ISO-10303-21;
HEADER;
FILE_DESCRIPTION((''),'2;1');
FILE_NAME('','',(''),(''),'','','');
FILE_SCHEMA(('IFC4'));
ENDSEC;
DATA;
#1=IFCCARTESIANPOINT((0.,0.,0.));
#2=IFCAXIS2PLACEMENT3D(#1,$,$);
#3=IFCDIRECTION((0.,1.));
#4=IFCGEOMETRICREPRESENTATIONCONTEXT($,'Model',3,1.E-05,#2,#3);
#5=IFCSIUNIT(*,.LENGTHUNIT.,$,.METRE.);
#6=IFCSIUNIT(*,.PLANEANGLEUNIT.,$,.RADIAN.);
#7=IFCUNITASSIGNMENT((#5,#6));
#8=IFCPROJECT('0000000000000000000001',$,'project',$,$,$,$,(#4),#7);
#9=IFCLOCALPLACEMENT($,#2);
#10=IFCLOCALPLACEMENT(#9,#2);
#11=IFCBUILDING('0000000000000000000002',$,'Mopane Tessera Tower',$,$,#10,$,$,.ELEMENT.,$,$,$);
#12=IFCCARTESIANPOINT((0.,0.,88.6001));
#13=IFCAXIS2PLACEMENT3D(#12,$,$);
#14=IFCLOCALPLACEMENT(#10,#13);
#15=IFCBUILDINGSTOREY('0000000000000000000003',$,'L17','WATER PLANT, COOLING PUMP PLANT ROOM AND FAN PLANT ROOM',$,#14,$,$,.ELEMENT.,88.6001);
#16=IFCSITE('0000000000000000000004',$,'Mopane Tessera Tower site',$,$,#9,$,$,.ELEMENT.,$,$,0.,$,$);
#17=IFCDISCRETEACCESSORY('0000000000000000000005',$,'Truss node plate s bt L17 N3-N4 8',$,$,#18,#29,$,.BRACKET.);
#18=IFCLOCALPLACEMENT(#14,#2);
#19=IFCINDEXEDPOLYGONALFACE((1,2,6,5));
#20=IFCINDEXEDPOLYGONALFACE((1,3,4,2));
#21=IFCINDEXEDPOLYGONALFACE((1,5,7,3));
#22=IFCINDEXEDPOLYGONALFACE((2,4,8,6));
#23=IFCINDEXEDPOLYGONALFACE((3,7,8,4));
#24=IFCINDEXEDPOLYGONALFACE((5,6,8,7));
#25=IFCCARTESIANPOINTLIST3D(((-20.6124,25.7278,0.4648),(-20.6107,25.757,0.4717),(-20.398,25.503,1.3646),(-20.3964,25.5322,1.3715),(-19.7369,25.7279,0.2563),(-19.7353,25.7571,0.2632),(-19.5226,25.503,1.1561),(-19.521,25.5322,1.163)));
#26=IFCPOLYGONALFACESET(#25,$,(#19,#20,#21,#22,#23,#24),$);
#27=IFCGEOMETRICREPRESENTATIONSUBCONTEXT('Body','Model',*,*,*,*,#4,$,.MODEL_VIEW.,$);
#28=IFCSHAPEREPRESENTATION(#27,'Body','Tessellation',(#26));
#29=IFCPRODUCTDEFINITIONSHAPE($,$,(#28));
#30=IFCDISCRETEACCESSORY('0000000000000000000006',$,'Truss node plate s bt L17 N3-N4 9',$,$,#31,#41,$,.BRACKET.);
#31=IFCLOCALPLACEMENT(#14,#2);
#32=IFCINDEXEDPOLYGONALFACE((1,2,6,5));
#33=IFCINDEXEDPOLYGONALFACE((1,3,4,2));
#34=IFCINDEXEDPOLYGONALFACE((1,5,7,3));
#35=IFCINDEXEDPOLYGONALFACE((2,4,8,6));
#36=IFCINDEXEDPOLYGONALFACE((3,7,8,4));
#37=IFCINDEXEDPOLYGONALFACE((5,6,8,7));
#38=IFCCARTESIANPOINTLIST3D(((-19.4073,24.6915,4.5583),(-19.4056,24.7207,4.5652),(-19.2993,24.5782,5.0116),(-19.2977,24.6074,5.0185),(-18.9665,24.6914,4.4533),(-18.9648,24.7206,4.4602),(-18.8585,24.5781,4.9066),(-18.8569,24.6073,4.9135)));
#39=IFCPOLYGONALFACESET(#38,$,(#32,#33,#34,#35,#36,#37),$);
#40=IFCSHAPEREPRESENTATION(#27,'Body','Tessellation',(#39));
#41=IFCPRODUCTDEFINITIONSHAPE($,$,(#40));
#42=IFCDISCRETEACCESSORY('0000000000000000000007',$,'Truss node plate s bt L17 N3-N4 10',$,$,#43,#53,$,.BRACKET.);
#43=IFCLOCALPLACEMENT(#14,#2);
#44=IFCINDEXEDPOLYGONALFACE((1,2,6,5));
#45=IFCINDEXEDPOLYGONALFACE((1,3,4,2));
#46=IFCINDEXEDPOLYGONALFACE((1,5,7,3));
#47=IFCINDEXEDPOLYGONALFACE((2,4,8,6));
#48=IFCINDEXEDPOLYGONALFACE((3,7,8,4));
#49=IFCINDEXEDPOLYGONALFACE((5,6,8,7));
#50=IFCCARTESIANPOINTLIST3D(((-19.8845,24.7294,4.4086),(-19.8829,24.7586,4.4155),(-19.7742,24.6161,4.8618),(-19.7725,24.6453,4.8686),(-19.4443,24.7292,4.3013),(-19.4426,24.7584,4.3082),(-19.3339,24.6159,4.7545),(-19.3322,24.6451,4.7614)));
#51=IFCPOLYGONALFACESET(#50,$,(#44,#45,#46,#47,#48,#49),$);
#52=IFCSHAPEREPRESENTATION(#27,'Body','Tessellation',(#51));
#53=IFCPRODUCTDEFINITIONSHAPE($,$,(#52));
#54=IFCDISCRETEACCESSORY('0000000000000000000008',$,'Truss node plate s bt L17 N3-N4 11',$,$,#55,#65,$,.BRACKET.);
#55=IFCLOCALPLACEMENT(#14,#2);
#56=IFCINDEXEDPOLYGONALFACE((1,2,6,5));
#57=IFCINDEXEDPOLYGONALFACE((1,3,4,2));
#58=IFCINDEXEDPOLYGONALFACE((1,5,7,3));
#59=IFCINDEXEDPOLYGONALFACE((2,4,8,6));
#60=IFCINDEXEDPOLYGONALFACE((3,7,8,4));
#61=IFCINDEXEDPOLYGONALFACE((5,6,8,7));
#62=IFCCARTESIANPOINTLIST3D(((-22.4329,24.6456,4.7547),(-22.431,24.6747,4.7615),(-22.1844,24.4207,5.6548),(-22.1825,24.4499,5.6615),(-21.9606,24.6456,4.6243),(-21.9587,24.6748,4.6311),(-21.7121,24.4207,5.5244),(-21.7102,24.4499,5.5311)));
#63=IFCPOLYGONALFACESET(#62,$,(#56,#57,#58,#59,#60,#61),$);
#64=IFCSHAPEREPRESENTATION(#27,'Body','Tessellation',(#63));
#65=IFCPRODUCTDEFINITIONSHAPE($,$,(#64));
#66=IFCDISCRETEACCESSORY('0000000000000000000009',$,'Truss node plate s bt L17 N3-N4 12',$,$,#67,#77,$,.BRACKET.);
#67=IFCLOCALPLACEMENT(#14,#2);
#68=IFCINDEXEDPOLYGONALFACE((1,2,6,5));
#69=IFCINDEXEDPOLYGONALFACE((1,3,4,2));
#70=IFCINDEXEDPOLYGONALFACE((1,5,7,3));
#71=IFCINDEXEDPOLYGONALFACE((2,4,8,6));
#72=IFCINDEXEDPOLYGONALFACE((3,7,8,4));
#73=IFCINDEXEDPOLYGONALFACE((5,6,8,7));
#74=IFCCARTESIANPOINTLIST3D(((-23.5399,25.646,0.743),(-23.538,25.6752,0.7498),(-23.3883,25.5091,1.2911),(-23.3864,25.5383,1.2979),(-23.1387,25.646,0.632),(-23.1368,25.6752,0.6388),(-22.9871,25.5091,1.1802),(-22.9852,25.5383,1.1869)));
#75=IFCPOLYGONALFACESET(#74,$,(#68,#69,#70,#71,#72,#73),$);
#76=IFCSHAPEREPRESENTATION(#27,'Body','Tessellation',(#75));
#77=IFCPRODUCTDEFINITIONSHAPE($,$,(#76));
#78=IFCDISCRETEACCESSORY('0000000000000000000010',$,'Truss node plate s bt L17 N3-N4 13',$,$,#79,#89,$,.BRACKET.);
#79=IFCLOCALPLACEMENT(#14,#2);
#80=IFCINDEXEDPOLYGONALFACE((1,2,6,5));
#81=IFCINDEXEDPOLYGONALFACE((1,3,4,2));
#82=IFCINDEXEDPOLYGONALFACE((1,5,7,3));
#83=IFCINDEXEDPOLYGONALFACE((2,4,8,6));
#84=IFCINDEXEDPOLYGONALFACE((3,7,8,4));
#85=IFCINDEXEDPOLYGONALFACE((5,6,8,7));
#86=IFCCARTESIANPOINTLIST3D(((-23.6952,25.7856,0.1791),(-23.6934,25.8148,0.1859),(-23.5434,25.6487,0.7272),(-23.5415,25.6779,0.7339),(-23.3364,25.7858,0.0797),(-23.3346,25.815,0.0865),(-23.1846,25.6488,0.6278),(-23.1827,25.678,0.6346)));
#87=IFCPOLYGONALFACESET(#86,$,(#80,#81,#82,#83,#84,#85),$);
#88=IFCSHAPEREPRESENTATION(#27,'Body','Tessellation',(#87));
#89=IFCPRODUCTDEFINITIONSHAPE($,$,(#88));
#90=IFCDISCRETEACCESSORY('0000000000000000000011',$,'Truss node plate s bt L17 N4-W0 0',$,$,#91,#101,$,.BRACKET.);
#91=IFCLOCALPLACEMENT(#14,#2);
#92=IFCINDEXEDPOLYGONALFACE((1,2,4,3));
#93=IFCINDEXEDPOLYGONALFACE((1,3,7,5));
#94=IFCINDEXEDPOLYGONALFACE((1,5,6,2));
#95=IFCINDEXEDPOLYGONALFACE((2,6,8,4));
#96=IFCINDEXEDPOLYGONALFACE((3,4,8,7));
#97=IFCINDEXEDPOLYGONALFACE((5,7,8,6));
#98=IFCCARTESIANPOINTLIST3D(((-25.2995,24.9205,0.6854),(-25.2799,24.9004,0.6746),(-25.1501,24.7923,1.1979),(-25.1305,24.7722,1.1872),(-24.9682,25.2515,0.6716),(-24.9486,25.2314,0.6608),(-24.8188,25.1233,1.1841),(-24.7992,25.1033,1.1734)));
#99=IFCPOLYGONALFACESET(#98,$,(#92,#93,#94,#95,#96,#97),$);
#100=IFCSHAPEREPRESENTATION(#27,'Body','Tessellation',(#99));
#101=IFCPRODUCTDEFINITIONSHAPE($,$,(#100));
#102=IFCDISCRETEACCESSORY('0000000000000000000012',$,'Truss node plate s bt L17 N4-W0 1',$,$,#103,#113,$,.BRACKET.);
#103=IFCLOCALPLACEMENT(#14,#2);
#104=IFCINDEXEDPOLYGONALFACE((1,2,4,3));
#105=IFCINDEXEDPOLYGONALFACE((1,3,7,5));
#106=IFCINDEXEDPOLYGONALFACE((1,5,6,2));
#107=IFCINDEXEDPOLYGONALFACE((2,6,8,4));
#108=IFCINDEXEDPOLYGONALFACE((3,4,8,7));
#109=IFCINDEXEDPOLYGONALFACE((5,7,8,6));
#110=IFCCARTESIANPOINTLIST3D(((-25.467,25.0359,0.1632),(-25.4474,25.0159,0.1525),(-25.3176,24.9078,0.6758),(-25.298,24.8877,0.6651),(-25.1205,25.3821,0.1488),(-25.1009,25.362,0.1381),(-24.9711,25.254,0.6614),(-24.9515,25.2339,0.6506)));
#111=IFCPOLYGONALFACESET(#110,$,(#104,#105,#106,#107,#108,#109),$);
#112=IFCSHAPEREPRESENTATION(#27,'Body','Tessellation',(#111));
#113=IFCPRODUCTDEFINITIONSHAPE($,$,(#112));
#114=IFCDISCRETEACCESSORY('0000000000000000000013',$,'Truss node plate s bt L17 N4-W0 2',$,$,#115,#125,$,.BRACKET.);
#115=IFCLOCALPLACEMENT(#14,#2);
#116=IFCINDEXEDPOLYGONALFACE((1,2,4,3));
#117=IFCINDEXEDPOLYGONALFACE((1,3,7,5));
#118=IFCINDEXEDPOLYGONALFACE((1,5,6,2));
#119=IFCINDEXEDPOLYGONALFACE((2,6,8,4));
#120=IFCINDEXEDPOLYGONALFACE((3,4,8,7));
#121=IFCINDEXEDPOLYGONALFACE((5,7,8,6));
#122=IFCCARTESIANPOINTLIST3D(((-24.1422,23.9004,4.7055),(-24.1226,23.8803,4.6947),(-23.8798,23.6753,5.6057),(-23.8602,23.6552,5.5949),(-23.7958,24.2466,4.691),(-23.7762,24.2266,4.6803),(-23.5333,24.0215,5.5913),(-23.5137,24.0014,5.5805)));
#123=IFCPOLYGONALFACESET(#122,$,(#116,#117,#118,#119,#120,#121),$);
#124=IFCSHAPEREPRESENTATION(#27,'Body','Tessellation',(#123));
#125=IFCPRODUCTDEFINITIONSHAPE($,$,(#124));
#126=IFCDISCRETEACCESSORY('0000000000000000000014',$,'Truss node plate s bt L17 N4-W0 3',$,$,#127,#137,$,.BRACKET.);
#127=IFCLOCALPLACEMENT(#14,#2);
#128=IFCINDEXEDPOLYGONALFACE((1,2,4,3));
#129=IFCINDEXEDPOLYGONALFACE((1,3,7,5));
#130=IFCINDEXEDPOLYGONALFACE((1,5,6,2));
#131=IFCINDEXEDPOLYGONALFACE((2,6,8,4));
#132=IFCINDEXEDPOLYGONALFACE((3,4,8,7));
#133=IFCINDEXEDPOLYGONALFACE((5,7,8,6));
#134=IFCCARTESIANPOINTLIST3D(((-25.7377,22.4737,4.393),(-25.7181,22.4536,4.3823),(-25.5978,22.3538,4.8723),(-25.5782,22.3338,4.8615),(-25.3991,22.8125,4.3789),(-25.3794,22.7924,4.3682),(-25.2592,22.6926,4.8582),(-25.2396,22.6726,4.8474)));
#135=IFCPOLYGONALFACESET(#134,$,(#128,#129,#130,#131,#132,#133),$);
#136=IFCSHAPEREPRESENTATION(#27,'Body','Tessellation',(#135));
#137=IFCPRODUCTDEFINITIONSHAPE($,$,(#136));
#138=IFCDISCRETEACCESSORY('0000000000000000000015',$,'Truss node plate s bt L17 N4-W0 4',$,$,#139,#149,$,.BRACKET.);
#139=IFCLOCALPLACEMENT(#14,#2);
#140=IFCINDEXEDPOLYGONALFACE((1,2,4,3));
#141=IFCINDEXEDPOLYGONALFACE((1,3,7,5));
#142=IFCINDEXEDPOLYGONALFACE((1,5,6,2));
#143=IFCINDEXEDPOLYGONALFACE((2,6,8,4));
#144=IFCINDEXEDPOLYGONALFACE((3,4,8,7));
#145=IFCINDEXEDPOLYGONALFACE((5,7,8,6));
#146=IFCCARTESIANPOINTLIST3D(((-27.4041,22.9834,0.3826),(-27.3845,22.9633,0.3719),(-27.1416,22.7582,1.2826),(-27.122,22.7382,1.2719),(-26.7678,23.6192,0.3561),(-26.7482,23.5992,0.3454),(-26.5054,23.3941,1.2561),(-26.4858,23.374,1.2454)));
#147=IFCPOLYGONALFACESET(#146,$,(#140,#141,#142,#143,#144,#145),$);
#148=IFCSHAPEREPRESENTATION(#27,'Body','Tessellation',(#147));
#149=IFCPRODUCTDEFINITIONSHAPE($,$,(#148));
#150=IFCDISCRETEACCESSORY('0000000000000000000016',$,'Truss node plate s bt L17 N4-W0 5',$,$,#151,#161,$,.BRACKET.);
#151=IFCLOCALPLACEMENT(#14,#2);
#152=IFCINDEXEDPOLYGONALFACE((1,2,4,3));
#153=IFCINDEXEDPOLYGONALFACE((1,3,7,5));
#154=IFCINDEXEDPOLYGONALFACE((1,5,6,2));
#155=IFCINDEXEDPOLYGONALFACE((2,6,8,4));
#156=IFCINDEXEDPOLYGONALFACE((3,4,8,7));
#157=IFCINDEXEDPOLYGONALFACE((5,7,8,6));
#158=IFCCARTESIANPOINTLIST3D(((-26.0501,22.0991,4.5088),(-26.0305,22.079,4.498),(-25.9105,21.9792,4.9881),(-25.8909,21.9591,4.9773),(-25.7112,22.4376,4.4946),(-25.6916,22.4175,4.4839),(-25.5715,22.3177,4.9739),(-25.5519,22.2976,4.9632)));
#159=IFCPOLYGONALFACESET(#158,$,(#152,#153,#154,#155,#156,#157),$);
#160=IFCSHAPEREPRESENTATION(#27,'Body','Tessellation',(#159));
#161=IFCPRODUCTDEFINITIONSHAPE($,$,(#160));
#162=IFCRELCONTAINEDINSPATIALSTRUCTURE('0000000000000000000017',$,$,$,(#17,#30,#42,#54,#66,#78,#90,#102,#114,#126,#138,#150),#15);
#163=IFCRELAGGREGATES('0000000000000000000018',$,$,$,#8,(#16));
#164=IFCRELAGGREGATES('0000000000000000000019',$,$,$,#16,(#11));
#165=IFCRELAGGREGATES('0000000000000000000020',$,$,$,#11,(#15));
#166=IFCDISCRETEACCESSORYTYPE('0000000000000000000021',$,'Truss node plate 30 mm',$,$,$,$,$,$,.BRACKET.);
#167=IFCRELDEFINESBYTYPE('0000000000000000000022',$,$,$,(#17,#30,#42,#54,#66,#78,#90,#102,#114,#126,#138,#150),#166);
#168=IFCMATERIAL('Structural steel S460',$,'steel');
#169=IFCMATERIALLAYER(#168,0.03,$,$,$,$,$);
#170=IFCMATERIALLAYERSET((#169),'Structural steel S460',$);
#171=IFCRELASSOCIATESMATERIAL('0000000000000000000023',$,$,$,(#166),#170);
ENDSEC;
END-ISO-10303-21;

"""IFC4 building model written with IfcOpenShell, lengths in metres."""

from ifc_helpers import new_model, si_unit, direction, frame, origin, origin_2d, place, context, subcontext, project, spatial, rectangle, extrude, material, layer, layer_set, type_object, element, save


model = new_model("IFC4")

# Units and contexts
model_context = context("Model", 3, precision=1e-05, world=origin(), true_north=direction((0.0, 1.0)))
body_context = subcontext(model_context, "Body", "Model", "MODEL_VIEW")
ifc_project = project(units=[si_unit("LENGTHUNIT", "METRE"), si_unit("PLANEANGLEUNIT", "RADIAN")], contexts=[model_context])

# Site, building, storey
site_placement = place(None, origin())
site = spatial("IfcSite", under=ifc_project, at=site_placement, Name="Mopane Tessera Tower site", CompositionType="ELEMENT", RefElevation=0.0)
building_placement = place(site_placement, origin())
building = spatial("IfcBuilding", under=site, at=building_placement, Name="Mopane Tessera Tower", CompositionType="ELEMENT")
storey_placement = place(building_placement, frame((0.0, 0.0, 88.6001)))
storey = spatial("IfcBuildingStorey", under=building, at=storey_placement, Name="L17", Description="WATER PLANT, COOLING PUMP PLANT ROOM AND FAN PLANT ROOM", CompositionType="ELEMENT", Elevation=88.6001)

# Discrete accessories
ifc_material_1 = material(Name="Structural steel S460", Category="steel")
ifc_layer_1 = layer(ifc_material_1, 0.03)
ifc_layer_set_1 = layer_set([ifc_layer_1], Name="Structural steel S460")
discrete_accessory_type_1 = type_object("IfcDiscreteAccessoryType", Name="Truss node plate 30 mm", PredefinedType="BRACKET", material=ifc_layer_set_1)
discrete_accessory_1_placement = place(storey_placement, frame((-20.1738, 25.7424, 0.364), z_axis=(0.22516, -0.236187, 0.945261), x_axis=(-0.054653, -0.971708, -0.229777)))
element("IfcDiscreteAccessory", 1, at=discrete_accessory_1_placement, inside=storey, type_object=discrete_accessory_type_1, Name="Truss node plate s bt L17 N3-N4 8", PredefinedType="BRACKET", context=body_context, shape_type="SweptSolid", body=[
    extrude(rectangle(XDim=0.03, YDim=0.8999, at=origin_2d()), origin(), (0.0, 0.0, 1.0), 0.9519),
])
discrete_accessory_2_placement = place(storey_placement, frame((-19.186, 24.7061, 4.5093), z_axis=(0.225106, -0.236311, 0.945243), x_axis=(-0.055031, -0.971677, -0.229814)))
element("IfcDiscreteAccessory", 2, at=discrete_accessory_2_placement, inside=storey, type_object=discrete_accessory_type_1, Name="Truss node plate s bt L17 N3-N4 9", PredefinedType="BRACKET", context=body_context, shape_type="SweptSolid", body=[
    extrude(rectangle(XDim=0.03, YDim=0.4531, at=origin_2d()), origin(), (0.0, 0.0, 1.0), 0.4795),
])
discrete_accessory_3_placement = place(storey_placement, frame((-19.6636, 24.7439, 4.3584), z_axis=(0.229933, -0.236037, 0.944149), x_axis=(-0.056309, -0.971744, -0.229223)))
element("IfcDiscreteAccessory", 3, at=discrete_accessory_3_placement, inside=storey, type_object=discrete_accessory_type_1, Name="Truss node plate s bt L17 N3-N4 10", PredefinedType="BRACKET", context=body_context, shape_type="SweptSolid", body=[
    extrude(rectangle(XDim=0.03, YDim=0.4531, at=origin_2d()), origin(), (0.0, 0.0, 1.0), 0.48),
])
discrete_accessory_4_placement = place(storey_placement, frame((-22.1958, 24.6602, 4.6929), z_axis=(0.258751, -0.234096, 0.937148), x_axis=(-0.062276, -0.972213, -0.225661)))
element("IfcDiscreteAccessory", 4, at=discrete_accessory_4_placement, inside=storey, type_object=discrete_accessory_type_1, Name="Truss node plate s bt L17 N3-N4 11", PredefinedType="BRACKET", context=body_context, shape_type="SweptSolid", body=[
    extrude(rectangle(XDim=0.03, YDim=0.49, at=origin_2d()), origin(), (0.0, 0.0, 1.0), 0.9604),
])
discrete_accessory_5_placement = place(storey_placement, frame((-23.3384, 25.6606, 0.6909), z_axis=(0.259192, -0.234149, 0.937013), x_axis=(-0.062426, -0.972201, -0.225674)))
element("IfcDiscreteAccessory", 5, at=discrete_accessory_5_placement, inside=storey, type_object=discrete_accessory_type_1, Name="Truss node plate s bt L17 N3-N4 12", PredefinedType="BRACKET", context=body_context, shape_type="SweptSolid", body=[
    extrude(rectangle(XDim=0.03, YDim=0.4163, at=origin_2d()), origin(), (0.0, 0.0, 1.0), 0.585),
])
discrete_accessory_6_placement = place(storey_placement, frame((-23.5149, 25.8003, 0.1328), z_axis=(0.259581, -0.234124, 0.936912), x_axis=(-0.062173, -0.972207, -0.225718)))
element("IfcDiscreteAccessory", 6, at=discrete_accessory_6_placement, inside=storey, type_object=discrete_accessory_type_1, Name="Truss node plate s bt L17 N3-N4 13", PredefinedType="BRACKET", context=body_context, shape_type="SweptSolid", body=[
    extrude(rectangle(XDim=0.03, YDim=0.3723, at=origin_2d()), origin(), (0.0, 0.0, 1.0), 0.585),
])
discrete_accessory_7_placement = place(storey_placement, frame((-25.124, 25.0759, 0.6731), z_axis=(0.272063, -0.233387, 0.933548), x_axis=(0.652692, -0.66811, -0.357241)))
element("IfcDiscreteAccessory", 7, at=discrete_accessory_7_placement, inside=storey, type_object=discrete_accessory_type_1, Name="Truss node plate s bt L17 N4-W0 0", PredefinedType="BRACKET", context=body_context, shape_type="SweptSolid", body=[
    extrude(rectangle(XDim=0.03, YDim=0.4685, at=origin_2d()), origin(), (0.0, 0.0, 1.0), 0.5491),
])
discrete_accessory_8_placement = place(storey_placement, frame((-25.2839, 25.199, 0.1506), z_axis=(0.272063, -0.233387, 0.933548), x_axis=(0.652692, -0.66811, -0.357241)))
element("IfcDiscreteAccessory", 8, at=discrete_accessory_8_placement, inside=storey, type_object=discrete_accessory_type_1, Name="Truss node plate s bt L17 N4-W0 1", PredefinedType="BRACKET", context=body_context, shape_type="SweptSolid", body=[
    extrude(rectangle(XDim=0.03, YDim=0.49, at=origin_2d()), origin(), (0.0, 0.0, 1.0), 0.5491),
])
discrete_accessory_9_placement = place(storey_placement, frame((-23.9592, 24.0635, 4.6929), z_axis=(0.272177, -0.233439, 0.933502), x_axis=(0.652722, -0.668017, -0.357361)))
element("IfcDiscreteAccessory", 9, at=discrete_accessory_9_placement, inside=storey, type_object=discrete_accessory_type_1, Name="Truss node plate s bt L17 N4-W0 2", PredefinedType="BRACKET", context=body_context, shape_type="SweptSolid", body=[
    extrude(rectangle(XDim=0.03, YDim=0.49, at=origin_2d()), origin(), (0.0, 0.0, 1.0), 0.9644),
])
discrete_accessory_10_placement = place(storey_placement, frame((-25.5586, 22.6331, 4.3806), z_axis=(0.272463, -0.233471, 0.93341), x_axis=(0.652954, -0.667664, -0.357598)))
element("IfcDiscreteAccessory", 10, at=discrete_accessory_10_placement, inside=storey, type_object=discrete_accessory_type_1, Name="Truss node plate s bt L17 N4-W0 3", PredefinedType="BRACKET", context=body_context, shape_type="SweptSolid", body=[
    extrude(rectangle(XDim=0.03, YDim=0.4792, at=origin_2d()), origin(), (0.0, 0.0, 1.0), 0.5134),
])
discrete_accessory_11_placement = place(storey_placement, frame((-27.0762, 23.2913, 0.364), z_axis=(0.272241, -0.233494, 0.93347), x_axis=(0.652698, -0.667996, -0.357445)))
element("IfcDiscreteAccessory", 11, at=discrete_accessory_11_placement, inside=storey, type_object=discrete_accessory_type_1, Name="Truss node plate s bt L17 N4-W0 4", PredefinedType="BRACKET", context=body_context, shape_type="SweptSolid", body=[
    extrude(rectangle(XDim=0.03, YDim=0.8999, at=origin_2d()), origin(), (0.0, 0.0, 1.0), 0.9641),
])
discrete_accessory_12_placement = place(storey_placement, frame((-25.8708, 22.2583, 4.4963), z_axis=(0.272022, -0.233502, 0.933531), x_axis=(0.652469, -0.668306, -0.357285)))
element("IfcDiscreteAccessory", 12, at=discrete_accessory_12_placement, inside=storey, type_object=discrete_accessory_type_1, Name="Truss node plate s bt L17 N4-W0 5", PredefinedType="BRACKET", context=body_context, shape_type="SweptSolid", body=[
    extrude(rectangle(XDim=0.03, YDim=0.4792, at=origin_2d()), origin(), (0.0, 0.0, 1.0), 0.5134),
])

save(model, "model.ifc")
